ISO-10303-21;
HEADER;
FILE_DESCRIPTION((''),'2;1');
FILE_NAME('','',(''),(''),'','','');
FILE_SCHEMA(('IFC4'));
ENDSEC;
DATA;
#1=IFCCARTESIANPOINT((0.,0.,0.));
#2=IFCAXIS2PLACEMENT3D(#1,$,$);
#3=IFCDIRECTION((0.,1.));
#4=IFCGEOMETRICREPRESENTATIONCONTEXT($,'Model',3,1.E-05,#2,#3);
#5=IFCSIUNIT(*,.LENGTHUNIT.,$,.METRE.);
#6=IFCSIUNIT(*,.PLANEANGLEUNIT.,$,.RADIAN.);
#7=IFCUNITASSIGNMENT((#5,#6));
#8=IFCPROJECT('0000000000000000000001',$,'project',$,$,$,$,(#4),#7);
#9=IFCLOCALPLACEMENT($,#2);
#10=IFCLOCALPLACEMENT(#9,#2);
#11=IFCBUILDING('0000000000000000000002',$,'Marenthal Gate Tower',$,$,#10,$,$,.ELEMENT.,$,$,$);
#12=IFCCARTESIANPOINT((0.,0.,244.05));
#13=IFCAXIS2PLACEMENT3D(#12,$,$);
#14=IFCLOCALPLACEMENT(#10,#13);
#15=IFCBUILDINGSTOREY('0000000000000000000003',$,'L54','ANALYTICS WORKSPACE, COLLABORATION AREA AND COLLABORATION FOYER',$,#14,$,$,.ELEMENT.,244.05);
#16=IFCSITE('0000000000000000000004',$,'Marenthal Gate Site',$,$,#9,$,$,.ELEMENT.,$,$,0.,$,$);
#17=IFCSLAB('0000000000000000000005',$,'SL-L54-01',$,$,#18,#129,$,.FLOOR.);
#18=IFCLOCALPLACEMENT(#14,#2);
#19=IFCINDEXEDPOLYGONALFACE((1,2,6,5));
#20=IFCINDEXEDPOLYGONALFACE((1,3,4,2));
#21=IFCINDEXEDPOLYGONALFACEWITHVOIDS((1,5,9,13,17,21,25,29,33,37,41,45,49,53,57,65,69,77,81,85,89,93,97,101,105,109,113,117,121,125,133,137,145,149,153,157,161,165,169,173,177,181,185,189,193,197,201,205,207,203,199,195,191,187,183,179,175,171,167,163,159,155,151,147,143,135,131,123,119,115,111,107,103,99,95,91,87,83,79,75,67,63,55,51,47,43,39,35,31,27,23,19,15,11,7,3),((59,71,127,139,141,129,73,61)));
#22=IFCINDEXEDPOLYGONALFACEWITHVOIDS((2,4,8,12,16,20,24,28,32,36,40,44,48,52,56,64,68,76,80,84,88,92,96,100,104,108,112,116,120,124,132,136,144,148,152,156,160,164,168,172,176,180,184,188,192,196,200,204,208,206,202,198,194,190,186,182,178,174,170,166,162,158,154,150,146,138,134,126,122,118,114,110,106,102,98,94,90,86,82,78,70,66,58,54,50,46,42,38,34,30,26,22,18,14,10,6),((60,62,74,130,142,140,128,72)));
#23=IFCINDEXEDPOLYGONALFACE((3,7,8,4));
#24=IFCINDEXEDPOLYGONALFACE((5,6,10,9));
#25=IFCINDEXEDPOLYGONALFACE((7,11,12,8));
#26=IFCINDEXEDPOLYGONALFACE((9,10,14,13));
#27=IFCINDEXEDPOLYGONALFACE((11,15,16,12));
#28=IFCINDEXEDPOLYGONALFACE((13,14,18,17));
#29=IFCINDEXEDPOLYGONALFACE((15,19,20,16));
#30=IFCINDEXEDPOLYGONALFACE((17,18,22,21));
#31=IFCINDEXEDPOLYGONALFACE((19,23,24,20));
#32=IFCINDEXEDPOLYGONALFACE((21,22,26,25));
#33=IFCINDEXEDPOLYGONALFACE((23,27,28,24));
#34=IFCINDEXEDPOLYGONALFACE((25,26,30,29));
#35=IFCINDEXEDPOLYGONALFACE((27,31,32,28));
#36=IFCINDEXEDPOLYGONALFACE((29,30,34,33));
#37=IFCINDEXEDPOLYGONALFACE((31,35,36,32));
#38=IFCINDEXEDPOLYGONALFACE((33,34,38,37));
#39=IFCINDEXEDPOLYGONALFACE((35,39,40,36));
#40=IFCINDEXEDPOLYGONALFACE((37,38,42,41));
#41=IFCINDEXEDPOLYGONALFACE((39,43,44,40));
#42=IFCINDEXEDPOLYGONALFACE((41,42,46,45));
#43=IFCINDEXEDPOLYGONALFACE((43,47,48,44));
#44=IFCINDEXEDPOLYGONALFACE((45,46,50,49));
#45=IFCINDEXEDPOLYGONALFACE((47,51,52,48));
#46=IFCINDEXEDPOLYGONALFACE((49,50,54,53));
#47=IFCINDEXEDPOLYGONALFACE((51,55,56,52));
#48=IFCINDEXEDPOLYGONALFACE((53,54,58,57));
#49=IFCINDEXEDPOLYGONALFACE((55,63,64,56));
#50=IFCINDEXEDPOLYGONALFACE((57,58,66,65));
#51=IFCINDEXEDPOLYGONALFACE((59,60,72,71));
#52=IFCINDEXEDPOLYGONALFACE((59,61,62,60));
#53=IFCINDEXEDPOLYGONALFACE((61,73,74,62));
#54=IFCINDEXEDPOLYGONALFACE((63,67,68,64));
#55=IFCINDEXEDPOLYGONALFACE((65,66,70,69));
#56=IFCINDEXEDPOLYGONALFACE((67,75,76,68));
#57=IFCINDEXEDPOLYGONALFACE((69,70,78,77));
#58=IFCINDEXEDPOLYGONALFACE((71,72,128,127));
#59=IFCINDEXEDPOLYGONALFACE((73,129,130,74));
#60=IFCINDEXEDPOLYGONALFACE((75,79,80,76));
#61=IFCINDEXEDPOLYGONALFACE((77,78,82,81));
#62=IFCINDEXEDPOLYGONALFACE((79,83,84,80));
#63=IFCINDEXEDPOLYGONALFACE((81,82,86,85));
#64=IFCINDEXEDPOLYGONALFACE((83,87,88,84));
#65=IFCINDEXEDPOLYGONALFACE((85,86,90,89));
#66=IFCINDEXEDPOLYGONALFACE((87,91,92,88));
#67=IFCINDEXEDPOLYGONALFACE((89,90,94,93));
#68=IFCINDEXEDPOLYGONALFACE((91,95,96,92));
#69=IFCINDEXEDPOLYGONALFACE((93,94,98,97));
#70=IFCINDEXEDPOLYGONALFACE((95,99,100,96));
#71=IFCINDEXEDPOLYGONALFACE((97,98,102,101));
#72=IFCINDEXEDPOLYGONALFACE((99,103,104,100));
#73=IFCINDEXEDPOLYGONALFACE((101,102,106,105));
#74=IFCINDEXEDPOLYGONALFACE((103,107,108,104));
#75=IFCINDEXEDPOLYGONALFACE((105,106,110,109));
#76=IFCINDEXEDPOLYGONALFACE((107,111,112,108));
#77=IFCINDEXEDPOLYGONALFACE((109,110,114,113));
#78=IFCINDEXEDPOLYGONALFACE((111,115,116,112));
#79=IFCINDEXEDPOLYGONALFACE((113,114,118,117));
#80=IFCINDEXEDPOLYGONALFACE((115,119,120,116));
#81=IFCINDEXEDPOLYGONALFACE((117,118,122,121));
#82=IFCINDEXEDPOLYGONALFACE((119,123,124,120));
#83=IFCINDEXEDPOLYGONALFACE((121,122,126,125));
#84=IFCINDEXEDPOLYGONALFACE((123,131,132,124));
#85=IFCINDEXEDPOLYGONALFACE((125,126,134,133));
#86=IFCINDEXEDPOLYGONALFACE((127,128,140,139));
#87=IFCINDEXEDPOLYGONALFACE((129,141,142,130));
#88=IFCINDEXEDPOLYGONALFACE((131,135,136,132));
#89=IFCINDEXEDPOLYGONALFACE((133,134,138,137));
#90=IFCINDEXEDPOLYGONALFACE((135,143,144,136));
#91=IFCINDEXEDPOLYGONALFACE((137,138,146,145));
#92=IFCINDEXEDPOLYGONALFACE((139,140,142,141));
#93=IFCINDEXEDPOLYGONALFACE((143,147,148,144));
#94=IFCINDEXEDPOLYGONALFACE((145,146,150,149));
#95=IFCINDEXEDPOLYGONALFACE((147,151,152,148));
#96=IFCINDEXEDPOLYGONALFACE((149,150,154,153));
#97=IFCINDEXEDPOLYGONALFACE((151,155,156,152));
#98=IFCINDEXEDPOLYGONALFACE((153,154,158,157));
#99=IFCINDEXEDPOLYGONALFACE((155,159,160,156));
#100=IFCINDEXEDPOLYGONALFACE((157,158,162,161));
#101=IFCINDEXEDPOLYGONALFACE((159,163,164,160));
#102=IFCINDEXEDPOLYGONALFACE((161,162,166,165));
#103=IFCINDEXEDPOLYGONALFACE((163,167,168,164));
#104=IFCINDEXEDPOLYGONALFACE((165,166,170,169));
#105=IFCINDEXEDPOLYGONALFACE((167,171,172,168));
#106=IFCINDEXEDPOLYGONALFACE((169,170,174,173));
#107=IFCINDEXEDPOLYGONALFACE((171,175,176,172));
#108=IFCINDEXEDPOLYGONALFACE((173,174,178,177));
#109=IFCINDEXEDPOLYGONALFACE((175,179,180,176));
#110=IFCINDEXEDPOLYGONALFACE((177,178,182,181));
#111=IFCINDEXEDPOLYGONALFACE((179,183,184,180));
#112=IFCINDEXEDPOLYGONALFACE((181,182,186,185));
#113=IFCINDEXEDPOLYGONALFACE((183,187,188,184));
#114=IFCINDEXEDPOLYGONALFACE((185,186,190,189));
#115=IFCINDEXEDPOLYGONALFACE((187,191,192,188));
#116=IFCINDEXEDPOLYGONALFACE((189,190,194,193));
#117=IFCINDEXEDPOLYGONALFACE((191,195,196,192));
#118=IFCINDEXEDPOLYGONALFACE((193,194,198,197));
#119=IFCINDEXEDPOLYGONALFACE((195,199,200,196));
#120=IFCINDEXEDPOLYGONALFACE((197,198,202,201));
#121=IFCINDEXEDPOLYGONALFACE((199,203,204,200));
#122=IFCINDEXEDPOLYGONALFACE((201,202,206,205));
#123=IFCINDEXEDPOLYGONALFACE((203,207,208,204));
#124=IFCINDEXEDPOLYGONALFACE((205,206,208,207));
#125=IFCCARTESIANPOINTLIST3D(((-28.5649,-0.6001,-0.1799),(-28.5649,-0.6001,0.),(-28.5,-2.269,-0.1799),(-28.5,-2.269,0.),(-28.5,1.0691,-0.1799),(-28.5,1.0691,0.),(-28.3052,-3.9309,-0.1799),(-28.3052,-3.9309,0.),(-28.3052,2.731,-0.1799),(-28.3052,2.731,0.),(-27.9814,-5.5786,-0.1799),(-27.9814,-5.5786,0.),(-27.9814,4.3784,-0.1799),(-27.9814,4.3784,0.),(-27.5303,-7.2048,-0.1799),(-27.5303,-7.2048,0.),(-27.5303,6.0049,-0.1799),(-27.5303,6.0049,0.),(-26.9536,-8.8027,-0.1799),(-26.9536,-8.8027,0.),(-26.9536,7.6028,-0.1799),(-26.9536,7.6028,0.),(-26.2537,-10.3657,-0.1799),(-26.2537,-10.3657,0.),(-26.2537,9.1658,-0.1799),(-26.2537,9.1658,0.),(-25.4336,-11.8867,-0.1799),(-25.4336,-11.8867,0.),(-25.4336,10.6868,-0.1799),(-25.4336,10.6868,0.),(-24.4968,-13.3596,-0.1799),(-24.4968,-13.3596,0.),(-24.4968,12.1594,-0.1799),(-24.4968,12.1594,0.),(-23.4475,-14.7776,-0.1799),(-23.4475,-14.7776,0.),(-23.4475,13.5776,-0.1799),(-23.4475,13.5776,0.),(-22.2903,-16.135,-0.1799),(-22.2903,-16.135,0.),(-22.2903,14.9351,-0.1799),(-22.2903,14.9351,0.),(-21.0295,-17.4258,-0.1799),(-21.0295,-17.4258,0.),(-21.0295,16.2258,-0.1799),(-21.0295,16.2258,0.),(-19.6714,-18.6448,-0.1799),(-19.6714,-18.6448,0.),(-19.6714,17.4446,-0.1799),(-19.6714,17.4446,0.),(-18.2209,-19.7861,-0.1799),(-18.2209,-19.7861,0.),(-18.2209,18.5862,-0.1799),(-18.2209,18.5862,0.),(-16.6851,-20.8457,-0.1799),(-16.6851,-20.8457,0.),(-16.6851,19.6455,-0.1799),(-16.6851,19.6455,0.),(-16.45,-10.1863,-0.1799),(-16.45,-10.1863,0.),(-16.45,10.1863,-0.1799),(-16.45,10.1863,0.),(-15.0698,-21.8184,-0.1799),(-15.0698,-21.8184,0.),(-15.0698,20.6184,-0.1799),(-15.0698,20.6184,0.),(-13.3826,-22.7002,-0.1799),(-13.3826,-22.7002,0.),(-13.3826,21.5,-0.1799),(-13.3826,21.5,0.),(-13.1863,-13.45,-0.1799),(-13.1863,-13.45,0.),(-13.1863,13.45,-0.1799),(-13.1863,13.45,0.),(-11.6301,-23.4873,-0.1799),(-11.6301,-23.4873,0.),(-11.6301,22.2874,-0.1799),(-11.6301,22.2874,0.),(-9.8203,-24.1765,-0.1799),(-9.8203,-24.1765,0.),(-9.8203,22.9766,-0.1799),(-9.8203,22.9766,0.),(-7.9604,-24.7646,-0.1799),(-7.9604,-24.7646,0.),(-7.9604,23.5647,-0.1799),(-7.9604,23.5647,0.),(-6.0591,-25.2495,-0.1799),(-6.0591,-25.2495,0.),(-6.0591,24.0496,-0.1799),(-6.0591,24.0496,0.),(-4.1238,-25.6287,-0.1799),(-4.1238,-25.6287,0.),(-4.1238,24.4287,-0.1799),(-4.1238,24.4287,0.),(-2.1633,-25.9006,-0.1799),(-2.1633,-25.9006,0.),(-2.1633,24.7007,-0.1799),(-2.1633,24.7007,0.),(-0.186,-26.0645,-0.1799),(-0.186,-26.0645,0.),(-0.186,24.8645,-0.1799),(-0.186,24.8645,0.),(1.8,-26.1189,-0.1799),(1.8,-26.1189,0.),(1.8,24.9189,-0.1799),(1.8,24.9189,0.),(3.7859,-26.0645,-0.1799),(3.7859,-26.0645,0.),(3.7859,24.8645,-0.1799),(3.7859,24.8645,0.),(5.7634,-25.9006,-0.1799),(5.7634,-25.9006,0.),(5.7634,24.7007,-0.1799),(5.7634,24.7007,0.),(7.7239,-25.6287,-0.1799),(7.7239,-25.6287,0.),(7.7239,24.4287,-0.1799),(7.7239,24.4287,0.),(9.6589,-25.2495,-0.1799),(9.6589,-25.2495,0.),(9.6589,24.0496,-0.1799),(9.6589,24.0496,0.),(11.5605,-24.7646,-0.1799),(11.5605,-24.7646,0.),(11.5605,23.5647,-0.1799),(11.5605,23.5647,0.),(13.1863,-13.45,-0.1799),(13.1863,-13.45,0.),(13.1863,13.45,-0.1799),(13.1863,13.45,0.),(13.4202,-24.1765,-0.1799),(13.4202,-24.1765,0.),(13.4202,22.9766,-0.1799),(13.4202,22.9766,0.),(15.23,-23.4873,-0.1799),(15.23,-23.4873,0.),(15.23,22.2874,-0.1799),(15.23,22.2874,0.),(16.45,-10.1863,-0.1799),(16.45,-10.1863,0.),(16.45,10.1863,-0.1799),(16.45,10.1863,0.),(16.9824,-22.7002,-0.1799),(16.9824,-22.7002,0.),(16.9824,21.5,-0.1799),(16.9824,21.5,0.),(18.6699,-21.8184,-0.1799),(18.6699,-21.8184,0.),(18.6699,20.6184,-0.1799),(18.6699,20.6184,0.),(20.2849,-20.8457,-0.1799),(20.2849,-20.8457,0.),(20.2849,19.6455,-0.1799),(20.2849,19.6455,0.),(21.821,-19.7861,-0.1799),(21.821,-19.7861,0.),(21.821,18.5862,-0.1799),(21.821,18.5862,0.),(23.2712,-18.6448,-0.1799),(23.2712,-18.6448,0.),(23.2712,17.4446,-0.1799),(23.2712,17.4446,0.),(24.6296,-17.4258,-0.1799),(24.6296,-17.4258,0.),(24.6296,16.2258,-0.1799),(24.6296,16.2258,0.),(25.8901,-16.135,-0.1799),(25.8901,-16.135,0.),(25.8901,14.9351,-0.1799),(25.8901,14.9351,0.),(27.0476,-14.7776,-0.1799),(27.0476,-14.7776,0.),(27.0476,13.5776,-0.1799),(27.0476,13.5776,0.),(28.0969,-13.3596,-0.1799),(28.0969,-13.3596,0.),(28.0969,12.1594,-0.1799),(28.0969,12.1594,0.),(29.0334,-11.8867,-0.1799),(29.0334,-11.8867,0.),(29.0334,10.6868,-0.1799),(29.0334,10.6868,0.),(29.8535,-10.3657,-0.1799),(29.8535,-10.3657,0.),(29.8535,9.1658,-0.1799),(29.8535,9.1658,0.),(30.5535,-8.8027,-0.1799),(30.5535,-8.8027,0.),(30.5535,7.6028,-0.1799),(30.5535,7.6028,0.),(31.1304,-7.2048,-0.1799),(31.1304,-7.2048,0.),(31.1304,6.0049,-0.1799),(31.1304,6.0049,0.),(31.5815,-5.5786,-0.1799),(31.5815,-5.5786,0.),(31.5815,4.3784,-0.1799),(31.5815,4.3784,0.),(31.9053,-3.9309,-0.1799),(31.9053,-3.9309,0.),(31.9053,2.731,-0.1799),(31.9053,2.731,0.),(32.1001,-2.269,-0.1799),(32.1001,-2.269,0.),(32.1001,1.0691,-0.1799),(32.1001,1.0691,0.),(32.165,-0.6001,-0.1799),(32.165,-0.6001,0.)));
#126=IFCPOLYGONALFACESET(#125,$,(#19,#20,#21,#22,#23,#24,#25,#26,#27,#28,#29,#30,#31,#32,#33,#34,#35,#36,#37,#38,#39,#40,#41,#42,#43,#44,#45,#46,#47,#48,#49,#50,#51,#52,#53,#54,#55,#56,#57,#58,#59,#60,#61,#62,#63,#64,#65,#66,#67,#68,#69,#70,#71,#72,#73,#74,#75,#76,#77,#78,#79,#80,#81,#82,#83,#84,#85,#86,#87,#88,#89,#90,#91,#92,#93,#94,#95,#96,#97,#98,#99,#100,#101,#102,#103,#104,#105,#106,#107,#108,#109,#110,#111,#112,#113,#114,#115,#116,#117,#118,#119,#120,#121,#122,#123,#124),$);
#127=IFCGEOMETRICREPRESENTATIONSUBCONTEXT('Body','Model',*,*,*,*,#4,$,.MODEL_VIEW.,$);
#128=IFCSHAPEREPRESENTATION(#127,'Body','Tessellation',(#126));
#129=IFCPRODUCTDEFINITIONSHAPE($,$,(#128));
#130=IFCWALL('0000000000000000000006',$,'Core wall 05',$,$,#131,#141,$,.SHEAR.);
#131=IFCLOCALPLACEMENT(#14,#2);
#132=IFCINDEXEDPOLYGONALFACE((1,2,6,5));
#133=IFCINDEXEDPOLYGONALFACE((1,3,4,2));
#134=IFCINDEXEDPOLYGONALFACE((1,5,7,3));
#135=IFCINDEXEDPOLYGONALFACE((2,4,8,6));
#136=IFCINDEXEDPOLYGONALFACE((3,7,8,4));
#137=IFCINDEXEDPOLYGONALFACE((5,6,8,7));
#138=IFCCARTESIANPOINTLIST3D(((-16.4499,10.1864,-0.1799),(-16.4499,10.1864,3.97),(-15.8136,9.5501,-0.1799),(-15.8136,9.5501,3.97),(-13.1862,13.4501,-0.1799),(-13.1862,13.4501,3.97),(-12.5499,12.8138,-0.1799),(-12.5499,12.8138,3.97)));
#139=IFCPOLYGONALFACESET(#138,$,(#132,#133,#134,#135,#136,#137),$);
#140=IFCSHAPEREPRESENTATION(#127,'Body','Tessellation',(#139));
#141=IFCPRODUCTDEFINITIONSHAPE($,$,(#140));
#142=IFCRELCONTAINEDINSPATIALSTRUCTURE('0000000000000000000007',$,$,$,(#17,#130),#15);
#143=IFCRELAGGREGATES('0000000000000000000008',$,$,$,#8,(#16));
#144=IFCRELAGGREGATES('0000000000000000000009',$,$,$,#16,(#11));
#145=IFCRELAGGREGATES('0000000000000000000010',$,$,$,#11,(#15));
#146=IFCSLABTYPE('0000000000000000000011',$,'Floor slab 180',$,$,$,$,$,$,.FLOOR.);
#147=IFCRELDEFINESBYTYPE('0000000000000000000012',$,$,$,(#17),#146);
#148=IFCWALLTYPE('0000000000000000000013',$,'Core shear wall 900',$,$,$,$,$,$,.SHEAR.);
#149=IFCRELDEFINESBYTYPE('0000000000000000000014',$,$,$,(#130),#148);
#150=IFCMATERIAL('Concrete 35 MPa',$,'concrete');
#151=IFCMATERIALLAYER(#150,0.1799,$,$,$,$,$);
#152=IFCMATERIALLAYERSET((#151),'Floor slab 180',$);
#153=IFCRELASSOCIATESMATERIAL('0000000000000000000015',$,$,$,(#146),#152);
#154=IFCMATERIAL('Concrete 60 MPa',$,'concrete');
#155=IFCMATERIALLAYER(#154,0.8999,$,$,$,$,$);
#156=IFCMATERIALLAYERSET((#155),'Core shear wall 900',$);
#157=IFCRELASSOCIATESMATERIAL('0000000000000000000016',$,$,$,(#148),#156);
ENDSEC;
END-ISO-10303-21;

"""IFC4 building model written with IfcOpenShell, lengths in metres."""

from ifc_helpers import new_model, si_unit, direction, frame, frame_2d, origin, place, context, subcontext, project, spatial, polyline, rectangle, outline, extrude, material, layer, layer_set, type_object, element, save


model = new_model("IFC4")

# Units and contexts
model_context = context("Model", 3, precision=1e-05, world=origin(), true_north=direction((0.0, 1.0)))
body_context = subcontext(model_context, "Body", "Model", "MODEL_VIEW")
ifc_project = project(units=[si_unit("LENGTHUNIT", "METRE"), si_unit("PLANEANGLEUNIT", "RADIAN")], contexts=[model_context])

# Site, building, storey
site_placement = place(None, origin())
site = spatial("IfcSite", under=ifc_project, at=site_placement, Name="Marenthal Gate Site", CompositionType="ELEMENT", RefElevation=0.0)
building_placement = place(site_placement, origin())
building = spatial("IfcBuilding", under=site, at=building_placement, Name="Marenthal Gate Tower", CompositionType="ELEMENT")
storey_placement = place(building_placement, frame((0.0, 0.0, 244.05)))
storey = spatial("IfcBuildingStorey", under=building, at=storey_placement, Name="L54", Description="ANALYTICS WORKSPACE, COLLABORATION AREA AND COLLABORATION FOYER", CompositionType="ELEMENT", Elevation=244.05)

# Slab
ifc_material_1 = material(Name="Concrete 35 MPa", Category="concrete")
ifc_layer_1 = layer(ifc_material_1, 0.1799)
ifc_layer_set_1 = layer_set([ifc_layer_1], Name="Floor slab 180")
slab_type_1 = type_object("IfcSlabType", Name="Floor slab 180", PredefinedType="FLOOR", material=ifc_layer_set_1)
slab_1_placement = place(storey_placement, frame((0.0, 0.0, -0.1799)))
element("IfcSlab", 1, at=slab_1_placement, inside=storey, type_object=slab_type_1, Name="SL-L54-01", PredefinedType="FLOOR", context=body_context, shape_type="SweptSolid", body=[
    extrude(outline(polyline([(32.165, -0.6001), (32.1001, 1.0691), (31.9053, 2.731), (31.5815, 4.3784), (31.1304, 6.0049), (30.5535, 7.6028), (29.8535, 9.1658), (29.0334, 10.6868), (28.0969, 12.1594), (27.0476, 13.5776), (25.8901, 14.9351), (24.6296, 16.2258), (23.2712, 17.4446), (21.821, 18.5862), (20.2849, 19.6455), (18.6699, 20.6184), (16.9824, 21.5), (15.23, 22.2874), (13.4202, 22.9766), (11.5605, 23.5647), (9.6589, 24.0496), (7.7239, 24.4287), (5.7634, 24.7007), (3.7859, 24.8645), (1.8, 24.9189), (-0.186, 24.8645), (-2.1633, 24.7007), (-4.1238, 24.4287), (-6.0591, 24.0496), (-7.9604, 23.5647), (-9.8203, 22.9766), (-11.6301, 22.2874), (-13.3826, 21.5), (-15.0698, 20.6184), (-16.6851, 19.6455), (-18.2209, 18.5862), (-19.6714, 17.4446), (-21.0295, 16.2258), (-22.2903, 14.9351), (-23.4475, 13.5776), (-24.4968, 12.1594), (-25.4336, 10.6868), (-26.2537, 9.1658), (-26.9536, 7.6028), (-27.5303, 6.0049), (-27.9814, 4.3784), (-28.3052, 2.731), (-28.5, 1.0691), (-28.5649, -0.6001), (-28.5, -2.269), (-28.3052, -3.9309), (-27.9814, -5.5786), (-27.5303, -7.2048), (-26.9536, -8.8027), (-26.2537, -10.3657), (-25.4336, -11.8867), (-24.4968, -13.3596), (-23.4475, -14.7776), (-22.2903, -16.135), (-21.0295, -17.4258), (-19.6714, -18.6448), (-18.2209, -19.7861), (-16.6851, -20.8457), (-15.0698, -21.8184), (-13.3826, -22.7002), (-11.6301, -23.4873), (-9.8203, -24.1765), (-7.9604, -24.7646), (-6.0591, -25.2495), (-4.1238, -25.6287), (-2.1633, -25.9006), (-0.186, -26.0645), (1.8, -26.1189), (3.7859, -26.0645), (5.7634, -25.9006), (7.7239, -25.6287), (9.6589, -25.2495), (11.5605, -24.7646), (13.4202, -24.1765), (15.23, -23.4873), (16.9824, -22.7002), (18.6699, -21.8184), (20.2849, -20.8457), (21.821, -19.7861), (23.2712, -18.6448), (24.6296, -17.4258), (25.8901, -16.135), (27.0476, -14.7776), (28.0969, -13.3596), (29.0334, -11.8867), (29.8535, -10.3657), (30.5535, -8.8027), (31.1304, -7.2048), (31.5815, -5.5786), (31.9053, -3.9309), (32.1001, -2.269), (32.165, -0.6001)]), holes=[polyline([(13.1863, -13.45), (16.45, -10.1863), (16.45, 10.1863), (13.1863, 13.45), (-13.1863, 13.45), (-16.45, 10.1863), (-16.45, -10.1863), (-13.1863, -13.45), (13.1863, -13.45)])]), origin(), (0.0, 0.0, 1.0), 0.1799),
])

# Wall
ifc_material_2 = material(Name="Concrete 60 MPa", Category="concrete")
ifc_layer_2 = layer(ifc_material_2, 0.8999)
ifc_layer_set_2 = layer_set([ifc_layer_2], Name="Core shear wall 900")
wall_type_1 = type_object("IfcWallType", Name="Core shear wall 900", PredefinedType="SHEAR", material=ifc_layer_set_2)
wall_1_placement = place(storey_placement, frame((-12.8682, 13.1318, -0.1799), z_axis=(0.0, 0.0, 1.0), x_axis=(-0.707107, -0.707107, 0.0)))
element("IfcWall", 2, at=wall_1_placement, inside=storey, type_object=wall_type_1, Name="Core wall 05", PredefinedType="SHEAR", context=body_context, shape_type="SweptSolid", body=[
    extrude(rectangle(XDim=4.6155, YDim=0.8999, at=frame_2d((2.3076, 0.0))), origin(), (0.0, 0.0, 1.0), 4.1499),
])

save(model, "model.ifc")
